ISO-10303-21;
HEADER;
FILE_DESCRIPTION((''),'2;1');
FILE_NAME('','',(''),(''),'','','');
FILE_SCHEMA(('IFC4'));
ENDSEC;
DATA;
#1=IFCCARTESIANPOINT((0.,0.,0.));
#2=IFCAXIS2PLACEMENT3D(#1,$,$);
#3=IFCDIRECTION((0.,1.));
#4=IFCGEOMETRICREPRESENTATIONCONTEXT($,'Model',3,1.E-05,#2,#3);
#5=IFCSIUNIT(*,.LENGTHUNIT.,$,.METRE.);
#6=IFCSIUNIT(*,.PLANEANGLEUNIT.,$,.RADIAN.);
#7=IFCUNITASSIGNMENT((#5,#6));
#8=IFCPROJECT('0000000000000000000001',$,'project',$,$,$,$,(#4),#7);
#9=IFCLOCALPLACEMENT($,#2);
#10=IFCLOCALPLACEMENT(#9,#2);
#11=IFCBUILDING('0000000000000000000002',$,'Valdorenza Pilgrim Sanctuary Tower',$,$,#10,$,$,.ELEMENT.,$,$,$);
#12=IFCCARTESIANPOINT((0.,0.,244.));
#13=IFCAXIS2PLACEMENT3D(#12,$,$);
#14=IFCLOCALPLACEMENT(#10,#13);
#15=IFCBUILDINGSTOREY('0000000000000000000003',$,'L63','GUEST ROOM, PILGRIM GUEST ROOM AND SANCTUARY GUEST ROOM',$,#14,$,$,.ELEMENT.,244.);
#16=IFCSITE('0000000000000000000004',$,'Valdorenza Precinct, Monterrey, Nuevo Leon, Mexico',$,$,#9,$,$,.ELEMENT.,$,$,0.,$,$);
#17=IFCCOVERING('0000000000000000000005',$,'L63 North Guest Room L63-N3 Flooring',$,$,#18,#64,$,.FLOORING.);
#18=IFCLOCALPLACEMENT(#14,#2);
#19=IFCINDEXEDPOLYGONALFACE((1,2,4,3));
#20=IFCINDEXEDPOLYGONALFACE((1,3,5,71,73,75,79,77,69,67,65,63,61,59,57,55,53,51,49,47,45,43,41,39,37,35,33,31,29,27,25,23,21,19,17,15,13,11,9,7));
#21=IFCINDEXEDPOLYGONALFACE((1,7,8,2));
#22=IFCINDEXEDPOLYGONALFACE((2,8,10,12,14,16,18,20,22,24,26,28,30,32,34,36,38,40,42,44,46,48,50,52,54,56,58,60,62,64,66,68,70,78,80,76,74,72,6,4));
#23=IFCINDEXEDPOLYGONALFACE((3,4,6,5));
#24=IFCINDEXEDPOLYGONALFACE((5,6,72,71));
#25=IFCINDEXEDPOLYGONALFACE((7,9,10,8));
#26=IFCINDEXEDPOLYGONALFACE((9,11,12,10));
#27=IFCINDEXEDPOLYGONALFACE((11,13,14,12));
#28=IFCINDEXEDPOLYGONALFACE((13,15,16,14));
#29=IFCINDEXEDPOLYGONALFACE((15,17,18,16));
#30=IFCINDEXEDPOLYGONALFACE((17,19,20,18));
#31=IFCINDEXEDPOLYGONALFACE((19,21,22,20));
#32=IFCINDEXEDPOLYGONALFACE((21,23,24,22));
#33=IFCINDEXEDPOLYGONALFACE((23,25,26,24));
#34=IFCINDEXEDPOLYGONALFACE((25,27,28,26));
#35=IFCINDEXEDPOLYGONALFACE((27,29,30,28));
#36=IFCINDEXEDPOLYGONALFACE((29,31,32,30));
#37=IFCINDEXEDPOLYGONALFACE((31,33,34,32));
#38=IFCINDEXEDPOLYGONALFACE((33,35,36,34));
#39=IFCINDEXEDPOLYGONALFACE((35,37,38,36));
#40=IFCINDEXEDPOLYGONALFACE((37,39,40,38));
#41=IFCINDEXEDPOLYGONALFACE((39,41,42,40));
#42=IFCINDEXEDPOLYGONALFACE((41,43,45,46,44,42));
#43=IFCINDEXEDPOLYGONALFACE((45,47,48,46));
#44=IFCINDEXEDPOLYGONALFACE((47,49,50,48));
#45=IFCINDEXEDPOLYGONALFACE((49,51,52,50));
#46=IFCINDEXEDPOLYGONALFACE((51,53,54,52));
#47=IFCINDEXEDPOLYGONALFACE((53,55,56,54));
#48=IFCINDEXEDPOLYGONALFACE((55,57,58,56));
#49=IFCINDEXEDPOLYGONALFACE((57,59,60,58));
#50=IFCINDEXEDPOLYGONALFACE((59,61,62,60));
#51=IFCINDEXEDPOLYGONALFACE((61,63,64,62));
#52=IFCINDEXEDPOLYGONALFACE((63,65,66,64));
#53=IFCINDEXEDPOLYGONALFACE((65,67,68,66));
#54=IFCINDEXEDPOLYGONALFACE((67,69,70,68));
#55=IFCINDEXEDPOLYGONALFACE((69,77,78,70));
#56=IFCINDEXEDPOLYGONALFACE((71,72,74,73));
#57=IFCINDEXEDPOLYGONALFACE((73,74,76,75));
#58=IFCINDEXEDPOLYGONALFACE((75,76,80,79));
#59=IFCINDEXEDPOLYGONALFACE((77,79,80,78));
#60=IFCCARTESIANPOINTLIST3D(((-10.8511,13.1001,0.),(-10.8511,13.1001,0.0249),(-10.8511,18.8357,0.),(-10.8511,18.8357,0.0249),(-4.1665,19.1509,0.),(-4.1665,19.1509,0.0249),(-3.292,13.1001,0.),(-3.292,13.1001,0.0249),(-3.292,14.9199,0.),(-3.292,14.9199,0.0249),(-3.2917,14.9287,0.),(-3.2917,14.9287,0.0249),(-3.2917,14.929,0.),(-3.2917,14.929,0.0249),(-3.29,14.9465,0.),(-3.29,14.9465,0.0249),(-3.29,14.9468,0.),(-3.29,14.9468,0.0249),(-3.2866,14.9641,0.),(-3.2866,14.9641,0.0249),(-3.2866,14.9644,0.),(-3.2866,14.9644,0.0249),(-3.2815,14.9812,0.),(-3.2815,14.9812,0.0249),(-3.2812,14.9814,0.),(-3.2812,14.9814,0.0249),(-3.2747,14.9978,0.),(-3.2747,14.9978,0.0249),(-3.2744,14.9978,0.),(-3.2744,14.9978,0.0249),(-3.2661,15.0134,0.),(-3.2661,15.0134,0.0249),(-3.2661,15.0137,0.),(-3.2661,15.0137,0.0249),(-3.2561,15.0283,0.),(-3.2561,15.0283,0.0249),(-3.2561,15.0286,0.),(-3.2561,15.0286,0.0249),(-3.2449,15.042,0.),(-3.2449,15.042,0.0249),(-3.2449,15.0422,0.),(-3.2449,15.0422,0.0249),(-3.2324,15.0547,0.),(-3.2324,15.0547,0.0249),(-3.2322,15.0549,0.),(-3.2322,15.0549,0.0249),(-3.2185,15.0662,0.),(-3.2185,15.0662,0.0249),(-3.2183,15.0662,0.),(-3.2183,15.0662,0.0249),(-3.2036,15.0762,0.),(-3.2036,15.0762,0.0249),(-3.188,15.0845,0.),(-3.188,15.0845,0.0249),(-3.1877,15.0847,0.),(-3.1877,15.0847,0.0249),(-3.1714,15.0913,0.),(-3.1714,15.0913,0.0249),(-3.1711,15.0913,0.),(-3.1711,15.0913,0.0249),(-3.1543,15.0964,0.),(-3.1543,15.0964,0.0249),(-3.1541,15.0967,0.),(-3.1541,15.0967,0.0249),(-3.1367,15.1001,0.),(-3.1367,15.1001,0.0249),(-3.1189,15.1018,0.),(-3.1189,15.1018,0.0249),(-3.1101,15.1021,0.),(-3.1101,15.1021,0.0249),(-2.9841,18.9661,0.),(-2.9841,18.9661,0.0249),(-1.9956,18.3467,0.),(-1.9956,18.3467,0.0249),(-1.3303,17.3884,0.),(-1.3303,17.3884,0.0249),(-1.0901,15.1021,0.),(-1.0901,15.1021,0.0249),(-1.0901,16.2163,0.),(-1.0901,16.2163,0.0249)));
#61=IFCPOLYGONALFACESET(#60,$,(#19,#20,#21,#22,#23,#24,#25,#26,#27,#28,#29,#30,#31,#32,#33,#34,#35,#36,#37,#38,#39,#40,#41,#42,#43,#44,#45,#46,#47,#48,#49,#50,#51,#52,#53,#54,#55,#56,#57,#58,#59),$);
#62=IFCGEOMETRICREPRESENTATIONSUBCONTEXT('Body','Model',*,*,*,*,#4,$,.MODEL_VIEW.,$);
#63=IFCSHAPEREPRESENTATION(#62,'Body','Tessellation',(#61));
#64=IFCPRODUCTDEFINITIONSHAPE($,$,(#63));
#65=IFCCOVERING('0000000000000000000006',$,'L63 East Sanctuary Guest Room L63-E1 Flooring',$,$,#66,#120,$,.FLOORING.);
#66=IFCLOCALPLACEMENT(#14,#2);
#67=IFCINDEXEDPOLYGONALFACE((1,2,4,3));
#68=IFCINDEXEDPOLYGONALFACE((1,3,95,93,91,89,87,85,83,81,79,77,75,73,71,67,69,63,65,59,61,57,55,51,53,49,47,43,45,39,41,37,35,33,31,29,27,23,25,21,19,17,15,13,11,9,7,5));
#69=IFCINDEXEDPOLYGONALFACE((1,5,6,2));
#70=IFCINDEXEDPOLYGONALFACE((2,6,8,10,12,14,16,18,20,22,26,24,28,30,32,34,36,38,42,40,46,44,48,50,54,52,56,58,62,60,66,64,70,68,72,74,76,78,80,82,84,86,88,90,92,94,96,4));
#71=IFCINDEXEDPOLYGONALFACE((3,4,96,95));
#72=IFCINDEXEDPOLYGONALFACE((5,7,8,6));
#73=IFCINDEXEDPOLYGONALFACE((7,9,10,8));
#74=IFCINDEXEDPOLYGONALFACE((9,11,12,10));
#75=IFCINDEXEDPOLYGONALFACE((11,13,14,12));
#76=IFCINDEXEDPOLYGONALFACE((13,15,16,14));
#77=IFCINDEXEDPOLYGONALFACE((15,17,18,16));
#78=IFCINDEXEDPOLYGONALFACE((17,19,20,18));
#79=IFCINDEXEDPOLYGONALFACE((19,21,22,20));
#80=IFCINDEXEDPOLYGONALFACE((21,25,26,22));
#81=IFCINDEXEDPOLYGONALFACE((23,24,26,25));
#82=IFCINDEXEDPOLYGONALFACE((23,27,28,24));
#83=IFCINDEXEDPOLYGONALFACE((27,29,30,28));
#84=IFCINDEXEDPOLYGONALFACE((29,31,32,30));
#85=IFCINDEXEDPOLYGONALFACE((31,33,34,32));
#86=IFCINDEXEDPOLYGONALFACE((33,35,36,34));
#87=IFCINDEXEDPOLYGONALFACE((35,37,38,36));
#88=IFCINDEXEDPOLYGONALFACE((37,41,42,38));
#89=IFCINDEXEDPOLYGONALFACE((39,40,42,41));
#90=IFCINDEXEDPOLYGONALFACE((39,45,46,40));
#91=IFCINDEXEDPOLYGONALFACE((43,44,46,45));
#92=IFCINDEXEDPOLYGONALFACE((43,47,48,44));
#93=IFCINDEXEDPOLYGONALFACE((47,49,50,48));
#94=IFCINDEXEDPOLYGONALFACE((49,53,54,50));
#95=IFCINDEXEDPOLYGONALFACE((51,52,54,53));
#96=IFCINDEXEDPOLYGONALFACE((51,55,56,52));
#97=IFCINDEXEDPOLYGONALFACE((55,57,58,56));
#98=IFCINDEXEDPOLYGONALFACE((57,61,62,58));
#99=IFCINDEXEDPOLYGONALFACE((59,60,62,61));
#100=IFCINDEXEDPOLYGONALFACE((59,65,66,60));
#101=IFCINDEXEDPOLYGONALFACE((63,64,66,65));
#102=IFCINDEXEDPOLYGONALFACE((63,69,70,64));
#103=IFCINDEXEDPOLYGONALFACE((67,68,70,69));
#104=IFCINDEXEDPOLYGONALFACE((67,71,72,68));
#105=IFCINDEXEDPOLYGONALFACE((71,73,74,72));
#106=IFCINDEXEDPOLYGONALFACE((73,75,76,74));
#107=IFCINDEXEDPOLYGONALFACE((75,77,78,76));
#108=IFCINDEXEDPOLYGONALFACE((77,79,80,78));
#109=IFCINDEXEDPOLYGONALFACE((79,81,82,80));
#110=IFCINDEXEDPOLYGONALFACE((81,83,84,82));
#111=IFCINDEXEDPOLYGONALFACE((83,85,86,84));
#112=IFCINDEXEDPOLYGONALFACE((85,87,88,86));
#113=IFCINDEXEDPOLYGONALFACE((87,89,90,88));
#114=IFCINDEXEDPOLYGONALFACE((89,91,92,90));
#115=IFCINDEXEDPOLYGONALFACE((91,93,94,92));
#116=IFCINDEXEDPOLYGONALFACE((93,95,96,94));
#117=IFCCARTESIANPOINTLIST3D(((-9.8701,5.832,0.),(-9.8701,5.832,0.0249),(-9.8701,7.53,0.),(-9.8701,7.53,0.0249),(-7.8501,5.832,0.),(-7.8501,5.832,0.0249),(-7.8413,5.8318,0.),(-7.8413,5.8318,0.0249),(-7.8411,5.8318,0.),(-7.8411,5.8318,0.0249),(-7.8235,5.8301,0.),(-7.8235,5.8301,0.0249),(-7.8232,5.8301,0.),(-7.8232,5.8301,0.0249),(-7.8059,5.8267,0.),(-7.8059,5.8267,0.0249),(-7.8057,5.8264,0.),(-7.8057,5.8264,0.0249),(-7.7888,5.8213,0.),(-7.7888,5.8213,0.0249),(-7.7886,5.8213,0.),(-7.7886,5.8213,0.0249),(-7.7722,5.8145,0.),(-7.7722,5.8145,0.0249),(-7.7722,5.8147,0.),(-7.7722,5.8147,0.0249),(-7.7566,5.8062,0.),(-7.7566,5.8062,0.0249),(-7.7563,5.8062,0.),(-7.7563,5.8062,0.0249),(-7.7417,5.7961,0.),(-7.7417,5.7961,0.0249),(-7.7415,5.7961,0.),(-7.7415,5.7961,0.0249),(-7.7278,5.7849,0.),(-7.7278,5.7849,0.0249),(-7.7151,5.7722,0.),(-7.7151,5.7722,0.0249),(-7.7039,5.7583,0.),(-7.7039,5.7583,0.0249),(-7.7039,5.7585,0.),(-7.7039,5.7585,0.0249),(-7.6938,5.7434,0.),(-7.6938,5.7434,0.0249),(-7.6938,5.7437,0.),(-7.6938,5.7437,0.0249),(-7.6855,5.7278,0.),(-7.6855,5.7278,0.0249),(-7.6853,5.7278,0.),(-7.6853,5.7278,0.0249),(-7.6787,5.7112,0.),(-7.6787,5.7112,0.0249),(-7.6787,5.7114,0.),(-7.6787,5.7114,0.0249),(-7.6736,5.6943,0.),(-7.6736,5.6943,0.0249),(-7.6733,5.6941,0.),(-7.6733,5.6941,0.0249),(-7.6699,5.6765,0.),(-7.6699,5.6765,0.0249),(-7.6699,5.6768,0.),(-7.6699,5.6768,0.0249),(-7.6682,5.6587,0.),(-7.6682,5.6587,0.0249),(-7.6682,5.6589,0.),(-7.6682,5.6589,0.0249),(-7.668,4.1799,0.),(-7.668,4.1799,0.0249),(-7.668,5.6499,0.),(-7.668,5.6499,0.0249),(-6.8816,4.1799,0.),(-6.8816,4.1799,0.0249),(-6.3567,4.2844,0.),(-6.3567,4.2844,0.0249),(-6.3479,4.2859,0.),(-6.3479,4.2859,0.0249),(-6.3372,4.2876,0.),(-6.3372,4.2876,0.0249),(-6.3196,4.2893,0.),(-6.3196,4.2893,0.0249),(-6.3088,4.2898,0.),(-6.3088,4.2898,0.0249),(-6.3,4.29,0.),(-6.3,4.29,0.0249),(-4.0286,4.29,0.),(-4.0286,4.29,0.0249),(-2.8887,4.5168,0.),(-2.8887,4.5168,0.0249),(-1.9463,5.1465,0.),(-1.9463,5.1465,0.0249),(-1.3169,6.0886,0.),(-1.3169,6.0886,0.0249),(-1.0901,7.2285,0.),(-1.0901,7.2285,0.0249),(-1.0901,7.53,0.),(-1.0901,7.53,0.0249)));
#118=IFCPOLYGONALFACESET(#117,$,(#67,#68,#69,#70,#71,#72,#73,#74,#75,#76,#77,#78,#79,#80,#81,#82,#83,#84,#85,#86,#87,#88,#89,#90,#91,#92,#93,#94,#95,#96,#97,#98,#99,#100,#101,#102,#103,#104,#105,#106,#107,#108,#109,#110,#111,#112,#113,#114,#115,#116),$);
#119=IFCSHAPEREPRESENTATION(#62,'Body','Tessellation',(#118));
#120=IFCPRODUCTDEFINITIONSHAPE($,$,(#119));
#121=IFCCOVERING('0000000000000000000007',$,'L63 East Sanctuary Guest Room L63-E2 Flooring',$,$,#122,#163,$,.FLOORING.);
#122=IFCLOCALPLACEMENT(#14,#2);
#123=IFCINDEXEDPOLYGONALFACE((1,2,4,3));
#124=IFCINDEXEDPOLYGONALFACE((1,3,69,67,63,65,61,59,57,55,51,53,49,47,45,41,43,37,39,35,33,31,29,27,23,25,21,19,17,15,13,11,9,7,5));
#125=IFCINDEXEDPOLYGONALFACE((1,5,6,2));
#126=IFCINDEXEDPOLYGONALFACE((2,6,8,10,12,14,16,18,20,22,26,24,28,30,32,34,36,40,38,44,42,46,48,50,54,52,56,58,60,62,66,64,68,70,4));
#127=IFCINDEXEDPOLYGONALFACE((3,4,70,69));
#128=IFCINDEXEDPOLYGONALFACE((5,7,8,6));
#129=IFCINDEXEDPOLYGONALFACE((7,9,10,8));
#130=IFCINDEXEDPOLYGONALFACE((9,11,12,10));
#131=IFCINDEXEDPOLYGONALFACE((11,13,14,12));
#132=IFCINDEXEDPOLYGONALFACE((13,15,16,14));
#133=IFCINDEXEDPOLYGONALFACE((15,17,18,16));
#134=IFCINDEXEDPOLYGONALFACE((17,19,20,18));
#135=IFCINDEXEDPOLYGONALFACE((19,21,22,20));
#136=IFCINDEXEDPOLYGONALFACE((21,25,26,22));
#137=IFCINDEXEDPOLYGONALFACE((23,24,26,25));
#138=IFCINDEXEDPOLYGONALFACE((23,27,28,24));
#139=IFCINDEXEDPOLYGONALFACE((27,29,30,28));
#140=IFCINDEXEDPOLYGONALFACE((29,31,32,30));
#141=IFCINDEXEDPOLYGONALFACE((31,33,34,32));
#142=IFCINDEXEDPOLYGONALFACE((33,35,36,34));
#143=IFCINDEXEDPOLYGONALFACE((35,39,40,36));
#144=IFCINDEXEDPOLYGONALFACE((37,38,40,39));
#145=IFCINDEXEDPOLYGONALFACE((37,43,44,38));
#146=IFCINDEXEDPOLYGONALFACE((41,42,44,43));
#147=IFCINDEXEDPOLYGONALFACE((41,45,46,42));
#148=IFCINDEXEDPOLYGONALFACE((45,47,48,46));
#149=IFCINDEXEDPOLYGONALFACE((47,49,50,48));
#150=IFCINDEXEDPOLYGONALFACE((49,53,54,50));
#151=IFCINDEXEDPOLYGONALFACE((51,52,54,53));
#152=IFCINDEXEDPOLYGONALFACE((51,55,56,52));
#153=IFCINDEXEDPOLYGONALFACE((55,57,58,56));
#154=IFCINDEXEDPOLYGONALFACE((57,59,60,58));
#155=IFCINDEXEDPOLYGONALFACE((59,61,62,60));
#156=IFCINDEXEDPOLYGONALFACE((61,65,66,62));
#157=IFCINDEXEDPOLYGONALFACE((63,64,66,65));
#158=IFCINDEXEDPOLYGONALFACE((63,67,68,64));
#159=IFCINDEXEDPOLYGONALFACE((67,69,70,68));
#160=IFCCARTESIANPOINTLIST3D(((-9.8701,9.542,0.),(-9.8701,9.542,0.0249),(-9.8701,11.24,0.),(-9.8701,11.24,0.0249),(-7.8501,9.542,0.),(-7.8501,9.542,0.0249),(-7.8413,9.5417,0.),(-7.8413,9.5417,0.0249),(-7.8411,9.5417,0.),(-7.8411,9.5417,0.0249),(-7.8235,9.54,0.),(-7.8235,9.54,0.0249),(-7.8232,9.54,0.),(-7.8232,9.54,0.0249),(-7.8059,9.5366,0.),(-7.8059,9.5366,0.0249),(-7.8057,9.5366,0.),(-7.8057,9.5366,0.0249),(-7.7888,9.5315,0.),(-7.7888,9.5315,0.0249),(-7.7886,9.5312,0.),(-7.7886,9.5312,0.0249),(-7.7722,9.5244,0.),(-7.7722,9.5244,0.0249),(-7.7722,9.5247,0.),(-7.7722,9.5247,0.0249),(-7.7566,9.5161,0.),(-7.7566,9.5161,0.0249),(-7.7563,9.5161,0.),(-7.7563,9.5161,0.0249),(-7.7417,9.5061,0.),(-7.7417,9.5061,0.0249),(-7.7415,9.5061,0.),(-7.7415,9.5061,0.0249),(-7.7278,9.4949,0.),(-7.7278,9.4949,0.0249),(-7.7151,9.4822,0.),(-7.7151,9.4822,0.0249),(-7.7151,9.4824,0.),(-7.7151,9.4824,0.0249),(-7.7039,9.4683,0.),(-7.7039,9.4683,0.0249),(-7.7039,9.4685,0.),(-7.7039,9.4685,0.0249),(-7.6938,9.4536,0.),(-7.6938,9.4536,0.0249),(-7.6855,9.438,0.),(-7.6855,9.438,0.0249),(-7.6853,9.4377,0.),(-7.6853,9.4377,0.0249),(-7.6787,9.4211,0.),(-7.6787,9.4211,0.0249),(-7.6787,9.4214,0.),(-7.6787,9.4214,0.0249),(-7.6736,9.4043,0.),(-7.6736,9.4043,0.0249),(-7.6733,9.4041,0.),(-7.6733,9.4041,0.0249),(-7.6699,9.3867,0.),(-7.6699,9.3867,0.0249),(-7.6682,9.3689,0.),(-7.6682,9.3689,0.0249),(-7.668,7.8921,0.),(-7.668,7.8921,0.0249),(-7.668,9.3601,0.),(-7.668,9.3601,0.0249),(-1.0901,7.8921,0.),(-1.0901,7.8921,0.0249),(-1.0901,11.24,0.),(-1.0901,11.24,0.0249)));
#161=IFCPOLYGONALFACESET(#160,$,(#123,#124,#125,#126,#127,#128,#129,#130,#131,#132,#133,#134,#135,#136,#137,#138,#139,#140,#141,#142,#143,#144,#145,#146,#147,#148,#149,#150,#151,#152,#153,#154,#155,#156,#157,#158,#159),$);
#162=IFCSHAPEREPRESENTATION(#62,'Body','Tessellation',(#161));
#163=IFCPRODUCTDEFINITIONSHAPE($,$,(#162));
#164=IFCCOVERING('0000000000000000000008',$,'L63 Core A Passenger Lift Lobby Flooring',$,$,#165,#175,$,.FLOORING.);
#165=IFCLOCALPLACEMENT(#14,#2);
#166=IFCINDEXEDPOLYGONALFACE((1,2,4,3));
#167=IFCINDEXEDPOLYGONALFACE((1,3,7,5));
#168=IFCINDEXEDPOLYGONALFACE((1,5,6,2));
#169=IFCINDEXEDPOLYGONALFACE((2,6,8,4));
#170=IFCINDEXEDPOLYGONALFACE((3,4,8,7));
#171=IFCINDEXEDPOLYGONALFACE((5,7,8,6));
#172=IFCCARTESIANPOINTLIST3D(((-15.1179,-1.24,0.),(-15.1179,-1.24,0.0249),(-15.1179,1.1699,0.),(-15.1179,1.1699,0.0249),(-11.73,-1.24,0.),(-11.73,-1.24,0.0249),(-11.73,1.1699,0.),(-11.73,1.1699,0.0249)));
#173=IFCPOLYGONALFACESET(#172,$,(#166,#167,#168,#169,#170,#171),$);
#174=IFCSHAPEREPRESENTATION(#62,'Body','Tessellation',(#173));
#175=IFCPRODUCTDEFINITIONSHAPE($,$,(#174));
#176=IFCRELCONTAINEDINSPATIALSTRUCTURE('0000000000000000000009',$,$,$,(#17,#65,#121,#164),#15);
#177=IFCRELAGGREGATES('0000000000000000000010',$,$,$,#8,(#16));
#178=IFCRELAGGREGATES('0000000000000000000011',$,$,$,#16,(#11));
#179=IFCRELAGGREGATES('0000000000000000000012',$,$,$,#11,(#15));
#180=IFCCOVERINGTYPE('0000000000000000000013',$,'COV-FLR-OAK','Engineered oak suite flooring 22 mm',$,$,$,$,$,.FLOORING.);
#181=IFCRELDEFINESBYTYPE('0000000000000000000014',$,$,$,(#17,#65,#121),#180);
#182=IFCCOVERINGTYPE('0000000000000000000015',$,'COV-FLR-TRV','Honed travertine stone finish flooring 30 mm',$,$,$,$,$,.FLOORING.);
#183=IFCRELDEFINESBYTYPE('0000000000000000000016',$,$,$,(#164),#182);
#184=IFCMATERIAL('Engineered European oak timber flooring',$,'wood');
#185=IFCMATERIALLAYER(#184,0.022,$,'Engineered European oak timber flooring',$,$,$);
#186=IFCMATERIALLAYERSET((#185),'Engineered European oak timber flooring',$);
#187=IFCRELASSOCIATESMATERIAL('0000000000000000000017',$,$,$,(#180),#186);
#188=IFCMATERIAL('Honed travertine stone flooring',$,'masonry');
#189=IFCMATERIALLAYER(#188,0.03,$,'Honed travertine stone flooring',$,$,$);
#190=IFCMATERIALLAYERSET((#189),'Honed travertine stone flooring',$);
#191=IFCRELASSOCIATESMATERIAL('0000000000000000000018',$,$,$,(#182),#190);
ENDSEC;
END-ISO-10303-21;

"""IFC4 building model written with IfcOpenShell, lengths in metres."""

from ifc_helpers import new_model, si_unit, direction, frame, origin, place, context, subcontext, project, spatial, polyline, outline, extrude, material, layer, layer_set, type_object, element, save


model = new_model("IFC4")

# Units and contexts
model_context = context("Model", 3, precision=1e-05, world=origin(), true_north=direction((0.0, 1.0)))
body_context = subcontext(model_context, "Body", "Model", "MODEL_VIEW")
ifc_project = project(units=[si_unit("LENGTHUNIT", "METRE"), si_unit("PLANEANGLEUNIT", "RADIAN")], contexts=[model_context])

# Site, building, storey
site_placement = place(None, origin())
site = spatial("IfcSite", under=ifc_project, at=site_placement, Name="Valdorenza Precinct, Monterrey, Nuevo Leon, Mexico", CompositionType="ELEMENT", RefElevation=0.0)
building_placement = place(site_placement, origin())
building = spatial("IfcBuilding", under=site, at=building_placement, Name="Valdorenza Pilgrim Sanctuary Tower", CompositionType="ELEMENT")
storey_placement = place(building_placement, frame((0.0, 0.0, 244.0)))
storey = spatial("IfcBuildingStorey", under=building, at=storey_placement, Name="L63", Description="GUEST ROOM, PILGRIM GUEST ROOM AND SANCTUARY GUEST ROOM", CompositionType="ELEMENT", Elevation=244.0)

# Coverings
ifc_material_1 = material(Name="Engineered European oak timber flooring", Category="wood")
ifc_layer_1 = layer(ifc_material_1, 0.022, Name="Engineered European oak timber flooring")
ifc_layer_set_1 = layer_set([ifc_layer_1], Name="Engineered European oak timber flooring")
covering_type_1 = type_object("IfcCoveringType", Name="COV-FLR-OAK", Description="Engineered oak suite flooring 22 mm", PredefinedType="FLOORING", material=ifc_layer_set_1)
covering_1_placement = place(storey_placement, origin())
element("IfcCovering", 1, at=covering_1_placement, inside=storey, type_object=covering_type_1, Name="L63 North Guest Room L63-N3 Flooring", PredefinedType="FLOORING", context=body_context, shape_type="SweptSolid", body=[
    extrude(outline(polyline([(-4.1665, 19.1509), (-2.9841, 18.9661), (-1.9956, 18.3467), (-1.3303, 17.3884), (-1.0901, 16.2163), (-1.0901, 15.1021), (-3.1101, 15.1021), (-3.1189, 15.1018), (-3.1189, 15.1018), (-3.1367, 15.1001), (-3.1367, 15.1001), (-3.1541, 15.0967), (-3.1543, 15.0964), (-3.1711, 15.0913), (-3.1714, 15.0913), (-3.1877, 15.0847), (-3.188, 15.0845), (-3.2036, 15.0762), (-3.2036, 15.0762), (-3.2183, 15.0662), (-3.2185, 15.0662), (-3.2322, 15.0549), (-3.2324, 15.0547), (-3.2449, 15.0422), (-3.2449, 15.042), (-3.2561, 15.0286), (-3.2561, 15.0283), (-3.2661, 15.0137), (-3.2661, 15.0134), (-3.2744, 14.9978), (-3.2747, 14.9978), (-3.2812, 14.9814), (-3.2815, 14.9812), (-3.2866, 14.9644), (-3.2866, 14.9641), (-3.29, 14.9468), (-3.29, 14.9465), (-3.2917, 14.929), (-3.2917, 14.9287), (-3.292, 14.9199), (-3.292, 13.1001), (-10.8511, 13.1001), (-10.8511, 18.8357), (-4.1665, 19.1509)])), origin(), (0.0, 0.0, 1.0), 0.0249),
])
covering_2_placement = place(storey_placement, origin())
element("IfcCovering", 2, at=covering_2_placement, inside=storey, type_object=covering_type_1, Name="L63 East Sanctuary Guest Room L63-E1 Flooring", PredefinedType="FLOORING", context=body_context, shape_type="SweptSolid", body=[
    extrude(outline(polyline([(-1.0901, 7.2285), (-1.3169, 6.0886), (-1.9463, 5.1465), (-2.8887, 4.5168), (-4.0286, 4.29), (-6.3, 4.29), (-6.3088, 4.2898), (-6.3196, 4.2893), (-6.3372, 4.2876), (-6.3479, 4.2859), (-6.3567, 4.2844), (-6.8816, 4.1799), (-7.668, 4.1799), (-7.668, 5.6499), (-7.6682, 5.6587), (-7.6682, 5.6589), (-7.6699, 5.6765), (-7.6699, 5.6768), (-7.6733, 5.6941), (-7.6736, 5.6943), (-7.6787, 5.7112), (-7.6787, 5.7114), (-7.6853, 5.7278), (-7.6855, 5.7278), (-7.6938, 5.7434), (-7.6938, 5.7437), (-7.7039, 5.7583), (-7.7039, 5.7585), (-7.7151, 5.7722), (-7.7151, 5.7722), (-7.7278, 5.7849), (-7.7278, 5.7849), (-7.7415, 5.7961), (-7.7417, 5.7961), (-7.7563, 5.8062), (-7.7566, 5.8062), (-7.7722, 5.8145), (-7.7722, 5.8147), (-7.7886, 5.8213), (-7.7888, 5.8213), (-7.8057, 5.8264), (-7.8059, 5.8267), (-7.8232, 5.8301), (-7.8235, 5.8301), (-7.8411, 5.8318), (-7.8413, 5.8318), (-7.8501, 5.832), (-9.8701, 5.832), (-9.8701, 7.53), (-1.0901, 7.53), (-1.0901, 7.2285)])), origin(), (0.0, 0.0, 1.0), 0.0249),
])
covering_3_placement = place(storey_placement, origin())
element("IfcCovering", 3, at=covering_3_placement, inside=storey, type_object=covering_type_1, Name="L63 East Sanctuary Guest Room L63-E2 Flooring", PredefinedType="FLOORING", context=body_context, shape_type="SweptSolid", body=[
    extrude(outline(polyline([(-1.0901, 7.8921), (-7.668, 7.8921), (-7.668, 9.3601), (-7.6682, 9.3689), (-7.6682, 9.3689), (-7.6699, 9.3867), (-7.6699, 9.3867), (-7.6733, 9.4041), (-7.6736, 9.4043), (-7.6787, 9.4211), (-7.6787, 9.4214), (-7.6853, 9.4377), (-7.6855, 9.438), (-7.6938, 9.4536), (-7.6938, 9.4536), (-7.7039, 9.4683), (-7.7039, 9.4685), (-7.7151, 9.4822), (-7.7151, 9.4824), (-7.7278, 9.4949), (-7.7278, 9.4949), (-7.7415, 9.5061), (-7.7417, 9.5061), (-7.7563, 9.5161), (-7.7566, 9.5161), (-7.7722, 9.5244), (-7.7722, 9.5247), (-7.7886, 9.5312), (-7.7888, 9.5315), (-7.8057, 9.5366), (-7.8059, 9.5366), (-7.8232, 9.54), (-7.8235, 9.54), (-7.8411, 9.5417), (-7.8413, 9.5417), (-7.8501, 9.542), (-9.8701, 9.542), (-9.8701, 11.24), (-1.0901, 11.24), (-1.0901, 7.8921)])), origin(), (0.0, 0.0, 1.0), 0.0249),
])
ifc_material_2 = material(Name="Honed travertine stone flooring", Category="masonry")
ifc_layer_2 = layer(ifc_material_2, 0.03, Name="Honed travertine stone flooring")
ifc_layer_set_2 = layer_set([ifc_layer_2], Name="Honed travertine stone flooring")
covering_type_2 = type_object("IfcCoveringType", Name="COV-FLR-TRV", Description="Honed travertine stone finish flooring 30 mm", PredefinedType="FLOORING", material=ifc_layer_set_2)
covering_4_placement = place(storey_placement, origin())
element("IfcCovering", 4, at=covering_4_placement, inside=storey, type_object=covering_type_2, Name="L63 Core A Passenger Lift Lobby Flooring", PredefinedType="FLOORING", context=body_context, shape_type="SweptSolid", body=[
    extrude(outline(polyline([(-15.1179, 1.1699), (-11.73, 1.1699), (-11.73, -1.24), (-15.1179, -1.24), (-15.1179, 1.1699)])), origin(), (0.0, 0.0, 1.0), 0.0249),
])

save(model, "model.ifc")
